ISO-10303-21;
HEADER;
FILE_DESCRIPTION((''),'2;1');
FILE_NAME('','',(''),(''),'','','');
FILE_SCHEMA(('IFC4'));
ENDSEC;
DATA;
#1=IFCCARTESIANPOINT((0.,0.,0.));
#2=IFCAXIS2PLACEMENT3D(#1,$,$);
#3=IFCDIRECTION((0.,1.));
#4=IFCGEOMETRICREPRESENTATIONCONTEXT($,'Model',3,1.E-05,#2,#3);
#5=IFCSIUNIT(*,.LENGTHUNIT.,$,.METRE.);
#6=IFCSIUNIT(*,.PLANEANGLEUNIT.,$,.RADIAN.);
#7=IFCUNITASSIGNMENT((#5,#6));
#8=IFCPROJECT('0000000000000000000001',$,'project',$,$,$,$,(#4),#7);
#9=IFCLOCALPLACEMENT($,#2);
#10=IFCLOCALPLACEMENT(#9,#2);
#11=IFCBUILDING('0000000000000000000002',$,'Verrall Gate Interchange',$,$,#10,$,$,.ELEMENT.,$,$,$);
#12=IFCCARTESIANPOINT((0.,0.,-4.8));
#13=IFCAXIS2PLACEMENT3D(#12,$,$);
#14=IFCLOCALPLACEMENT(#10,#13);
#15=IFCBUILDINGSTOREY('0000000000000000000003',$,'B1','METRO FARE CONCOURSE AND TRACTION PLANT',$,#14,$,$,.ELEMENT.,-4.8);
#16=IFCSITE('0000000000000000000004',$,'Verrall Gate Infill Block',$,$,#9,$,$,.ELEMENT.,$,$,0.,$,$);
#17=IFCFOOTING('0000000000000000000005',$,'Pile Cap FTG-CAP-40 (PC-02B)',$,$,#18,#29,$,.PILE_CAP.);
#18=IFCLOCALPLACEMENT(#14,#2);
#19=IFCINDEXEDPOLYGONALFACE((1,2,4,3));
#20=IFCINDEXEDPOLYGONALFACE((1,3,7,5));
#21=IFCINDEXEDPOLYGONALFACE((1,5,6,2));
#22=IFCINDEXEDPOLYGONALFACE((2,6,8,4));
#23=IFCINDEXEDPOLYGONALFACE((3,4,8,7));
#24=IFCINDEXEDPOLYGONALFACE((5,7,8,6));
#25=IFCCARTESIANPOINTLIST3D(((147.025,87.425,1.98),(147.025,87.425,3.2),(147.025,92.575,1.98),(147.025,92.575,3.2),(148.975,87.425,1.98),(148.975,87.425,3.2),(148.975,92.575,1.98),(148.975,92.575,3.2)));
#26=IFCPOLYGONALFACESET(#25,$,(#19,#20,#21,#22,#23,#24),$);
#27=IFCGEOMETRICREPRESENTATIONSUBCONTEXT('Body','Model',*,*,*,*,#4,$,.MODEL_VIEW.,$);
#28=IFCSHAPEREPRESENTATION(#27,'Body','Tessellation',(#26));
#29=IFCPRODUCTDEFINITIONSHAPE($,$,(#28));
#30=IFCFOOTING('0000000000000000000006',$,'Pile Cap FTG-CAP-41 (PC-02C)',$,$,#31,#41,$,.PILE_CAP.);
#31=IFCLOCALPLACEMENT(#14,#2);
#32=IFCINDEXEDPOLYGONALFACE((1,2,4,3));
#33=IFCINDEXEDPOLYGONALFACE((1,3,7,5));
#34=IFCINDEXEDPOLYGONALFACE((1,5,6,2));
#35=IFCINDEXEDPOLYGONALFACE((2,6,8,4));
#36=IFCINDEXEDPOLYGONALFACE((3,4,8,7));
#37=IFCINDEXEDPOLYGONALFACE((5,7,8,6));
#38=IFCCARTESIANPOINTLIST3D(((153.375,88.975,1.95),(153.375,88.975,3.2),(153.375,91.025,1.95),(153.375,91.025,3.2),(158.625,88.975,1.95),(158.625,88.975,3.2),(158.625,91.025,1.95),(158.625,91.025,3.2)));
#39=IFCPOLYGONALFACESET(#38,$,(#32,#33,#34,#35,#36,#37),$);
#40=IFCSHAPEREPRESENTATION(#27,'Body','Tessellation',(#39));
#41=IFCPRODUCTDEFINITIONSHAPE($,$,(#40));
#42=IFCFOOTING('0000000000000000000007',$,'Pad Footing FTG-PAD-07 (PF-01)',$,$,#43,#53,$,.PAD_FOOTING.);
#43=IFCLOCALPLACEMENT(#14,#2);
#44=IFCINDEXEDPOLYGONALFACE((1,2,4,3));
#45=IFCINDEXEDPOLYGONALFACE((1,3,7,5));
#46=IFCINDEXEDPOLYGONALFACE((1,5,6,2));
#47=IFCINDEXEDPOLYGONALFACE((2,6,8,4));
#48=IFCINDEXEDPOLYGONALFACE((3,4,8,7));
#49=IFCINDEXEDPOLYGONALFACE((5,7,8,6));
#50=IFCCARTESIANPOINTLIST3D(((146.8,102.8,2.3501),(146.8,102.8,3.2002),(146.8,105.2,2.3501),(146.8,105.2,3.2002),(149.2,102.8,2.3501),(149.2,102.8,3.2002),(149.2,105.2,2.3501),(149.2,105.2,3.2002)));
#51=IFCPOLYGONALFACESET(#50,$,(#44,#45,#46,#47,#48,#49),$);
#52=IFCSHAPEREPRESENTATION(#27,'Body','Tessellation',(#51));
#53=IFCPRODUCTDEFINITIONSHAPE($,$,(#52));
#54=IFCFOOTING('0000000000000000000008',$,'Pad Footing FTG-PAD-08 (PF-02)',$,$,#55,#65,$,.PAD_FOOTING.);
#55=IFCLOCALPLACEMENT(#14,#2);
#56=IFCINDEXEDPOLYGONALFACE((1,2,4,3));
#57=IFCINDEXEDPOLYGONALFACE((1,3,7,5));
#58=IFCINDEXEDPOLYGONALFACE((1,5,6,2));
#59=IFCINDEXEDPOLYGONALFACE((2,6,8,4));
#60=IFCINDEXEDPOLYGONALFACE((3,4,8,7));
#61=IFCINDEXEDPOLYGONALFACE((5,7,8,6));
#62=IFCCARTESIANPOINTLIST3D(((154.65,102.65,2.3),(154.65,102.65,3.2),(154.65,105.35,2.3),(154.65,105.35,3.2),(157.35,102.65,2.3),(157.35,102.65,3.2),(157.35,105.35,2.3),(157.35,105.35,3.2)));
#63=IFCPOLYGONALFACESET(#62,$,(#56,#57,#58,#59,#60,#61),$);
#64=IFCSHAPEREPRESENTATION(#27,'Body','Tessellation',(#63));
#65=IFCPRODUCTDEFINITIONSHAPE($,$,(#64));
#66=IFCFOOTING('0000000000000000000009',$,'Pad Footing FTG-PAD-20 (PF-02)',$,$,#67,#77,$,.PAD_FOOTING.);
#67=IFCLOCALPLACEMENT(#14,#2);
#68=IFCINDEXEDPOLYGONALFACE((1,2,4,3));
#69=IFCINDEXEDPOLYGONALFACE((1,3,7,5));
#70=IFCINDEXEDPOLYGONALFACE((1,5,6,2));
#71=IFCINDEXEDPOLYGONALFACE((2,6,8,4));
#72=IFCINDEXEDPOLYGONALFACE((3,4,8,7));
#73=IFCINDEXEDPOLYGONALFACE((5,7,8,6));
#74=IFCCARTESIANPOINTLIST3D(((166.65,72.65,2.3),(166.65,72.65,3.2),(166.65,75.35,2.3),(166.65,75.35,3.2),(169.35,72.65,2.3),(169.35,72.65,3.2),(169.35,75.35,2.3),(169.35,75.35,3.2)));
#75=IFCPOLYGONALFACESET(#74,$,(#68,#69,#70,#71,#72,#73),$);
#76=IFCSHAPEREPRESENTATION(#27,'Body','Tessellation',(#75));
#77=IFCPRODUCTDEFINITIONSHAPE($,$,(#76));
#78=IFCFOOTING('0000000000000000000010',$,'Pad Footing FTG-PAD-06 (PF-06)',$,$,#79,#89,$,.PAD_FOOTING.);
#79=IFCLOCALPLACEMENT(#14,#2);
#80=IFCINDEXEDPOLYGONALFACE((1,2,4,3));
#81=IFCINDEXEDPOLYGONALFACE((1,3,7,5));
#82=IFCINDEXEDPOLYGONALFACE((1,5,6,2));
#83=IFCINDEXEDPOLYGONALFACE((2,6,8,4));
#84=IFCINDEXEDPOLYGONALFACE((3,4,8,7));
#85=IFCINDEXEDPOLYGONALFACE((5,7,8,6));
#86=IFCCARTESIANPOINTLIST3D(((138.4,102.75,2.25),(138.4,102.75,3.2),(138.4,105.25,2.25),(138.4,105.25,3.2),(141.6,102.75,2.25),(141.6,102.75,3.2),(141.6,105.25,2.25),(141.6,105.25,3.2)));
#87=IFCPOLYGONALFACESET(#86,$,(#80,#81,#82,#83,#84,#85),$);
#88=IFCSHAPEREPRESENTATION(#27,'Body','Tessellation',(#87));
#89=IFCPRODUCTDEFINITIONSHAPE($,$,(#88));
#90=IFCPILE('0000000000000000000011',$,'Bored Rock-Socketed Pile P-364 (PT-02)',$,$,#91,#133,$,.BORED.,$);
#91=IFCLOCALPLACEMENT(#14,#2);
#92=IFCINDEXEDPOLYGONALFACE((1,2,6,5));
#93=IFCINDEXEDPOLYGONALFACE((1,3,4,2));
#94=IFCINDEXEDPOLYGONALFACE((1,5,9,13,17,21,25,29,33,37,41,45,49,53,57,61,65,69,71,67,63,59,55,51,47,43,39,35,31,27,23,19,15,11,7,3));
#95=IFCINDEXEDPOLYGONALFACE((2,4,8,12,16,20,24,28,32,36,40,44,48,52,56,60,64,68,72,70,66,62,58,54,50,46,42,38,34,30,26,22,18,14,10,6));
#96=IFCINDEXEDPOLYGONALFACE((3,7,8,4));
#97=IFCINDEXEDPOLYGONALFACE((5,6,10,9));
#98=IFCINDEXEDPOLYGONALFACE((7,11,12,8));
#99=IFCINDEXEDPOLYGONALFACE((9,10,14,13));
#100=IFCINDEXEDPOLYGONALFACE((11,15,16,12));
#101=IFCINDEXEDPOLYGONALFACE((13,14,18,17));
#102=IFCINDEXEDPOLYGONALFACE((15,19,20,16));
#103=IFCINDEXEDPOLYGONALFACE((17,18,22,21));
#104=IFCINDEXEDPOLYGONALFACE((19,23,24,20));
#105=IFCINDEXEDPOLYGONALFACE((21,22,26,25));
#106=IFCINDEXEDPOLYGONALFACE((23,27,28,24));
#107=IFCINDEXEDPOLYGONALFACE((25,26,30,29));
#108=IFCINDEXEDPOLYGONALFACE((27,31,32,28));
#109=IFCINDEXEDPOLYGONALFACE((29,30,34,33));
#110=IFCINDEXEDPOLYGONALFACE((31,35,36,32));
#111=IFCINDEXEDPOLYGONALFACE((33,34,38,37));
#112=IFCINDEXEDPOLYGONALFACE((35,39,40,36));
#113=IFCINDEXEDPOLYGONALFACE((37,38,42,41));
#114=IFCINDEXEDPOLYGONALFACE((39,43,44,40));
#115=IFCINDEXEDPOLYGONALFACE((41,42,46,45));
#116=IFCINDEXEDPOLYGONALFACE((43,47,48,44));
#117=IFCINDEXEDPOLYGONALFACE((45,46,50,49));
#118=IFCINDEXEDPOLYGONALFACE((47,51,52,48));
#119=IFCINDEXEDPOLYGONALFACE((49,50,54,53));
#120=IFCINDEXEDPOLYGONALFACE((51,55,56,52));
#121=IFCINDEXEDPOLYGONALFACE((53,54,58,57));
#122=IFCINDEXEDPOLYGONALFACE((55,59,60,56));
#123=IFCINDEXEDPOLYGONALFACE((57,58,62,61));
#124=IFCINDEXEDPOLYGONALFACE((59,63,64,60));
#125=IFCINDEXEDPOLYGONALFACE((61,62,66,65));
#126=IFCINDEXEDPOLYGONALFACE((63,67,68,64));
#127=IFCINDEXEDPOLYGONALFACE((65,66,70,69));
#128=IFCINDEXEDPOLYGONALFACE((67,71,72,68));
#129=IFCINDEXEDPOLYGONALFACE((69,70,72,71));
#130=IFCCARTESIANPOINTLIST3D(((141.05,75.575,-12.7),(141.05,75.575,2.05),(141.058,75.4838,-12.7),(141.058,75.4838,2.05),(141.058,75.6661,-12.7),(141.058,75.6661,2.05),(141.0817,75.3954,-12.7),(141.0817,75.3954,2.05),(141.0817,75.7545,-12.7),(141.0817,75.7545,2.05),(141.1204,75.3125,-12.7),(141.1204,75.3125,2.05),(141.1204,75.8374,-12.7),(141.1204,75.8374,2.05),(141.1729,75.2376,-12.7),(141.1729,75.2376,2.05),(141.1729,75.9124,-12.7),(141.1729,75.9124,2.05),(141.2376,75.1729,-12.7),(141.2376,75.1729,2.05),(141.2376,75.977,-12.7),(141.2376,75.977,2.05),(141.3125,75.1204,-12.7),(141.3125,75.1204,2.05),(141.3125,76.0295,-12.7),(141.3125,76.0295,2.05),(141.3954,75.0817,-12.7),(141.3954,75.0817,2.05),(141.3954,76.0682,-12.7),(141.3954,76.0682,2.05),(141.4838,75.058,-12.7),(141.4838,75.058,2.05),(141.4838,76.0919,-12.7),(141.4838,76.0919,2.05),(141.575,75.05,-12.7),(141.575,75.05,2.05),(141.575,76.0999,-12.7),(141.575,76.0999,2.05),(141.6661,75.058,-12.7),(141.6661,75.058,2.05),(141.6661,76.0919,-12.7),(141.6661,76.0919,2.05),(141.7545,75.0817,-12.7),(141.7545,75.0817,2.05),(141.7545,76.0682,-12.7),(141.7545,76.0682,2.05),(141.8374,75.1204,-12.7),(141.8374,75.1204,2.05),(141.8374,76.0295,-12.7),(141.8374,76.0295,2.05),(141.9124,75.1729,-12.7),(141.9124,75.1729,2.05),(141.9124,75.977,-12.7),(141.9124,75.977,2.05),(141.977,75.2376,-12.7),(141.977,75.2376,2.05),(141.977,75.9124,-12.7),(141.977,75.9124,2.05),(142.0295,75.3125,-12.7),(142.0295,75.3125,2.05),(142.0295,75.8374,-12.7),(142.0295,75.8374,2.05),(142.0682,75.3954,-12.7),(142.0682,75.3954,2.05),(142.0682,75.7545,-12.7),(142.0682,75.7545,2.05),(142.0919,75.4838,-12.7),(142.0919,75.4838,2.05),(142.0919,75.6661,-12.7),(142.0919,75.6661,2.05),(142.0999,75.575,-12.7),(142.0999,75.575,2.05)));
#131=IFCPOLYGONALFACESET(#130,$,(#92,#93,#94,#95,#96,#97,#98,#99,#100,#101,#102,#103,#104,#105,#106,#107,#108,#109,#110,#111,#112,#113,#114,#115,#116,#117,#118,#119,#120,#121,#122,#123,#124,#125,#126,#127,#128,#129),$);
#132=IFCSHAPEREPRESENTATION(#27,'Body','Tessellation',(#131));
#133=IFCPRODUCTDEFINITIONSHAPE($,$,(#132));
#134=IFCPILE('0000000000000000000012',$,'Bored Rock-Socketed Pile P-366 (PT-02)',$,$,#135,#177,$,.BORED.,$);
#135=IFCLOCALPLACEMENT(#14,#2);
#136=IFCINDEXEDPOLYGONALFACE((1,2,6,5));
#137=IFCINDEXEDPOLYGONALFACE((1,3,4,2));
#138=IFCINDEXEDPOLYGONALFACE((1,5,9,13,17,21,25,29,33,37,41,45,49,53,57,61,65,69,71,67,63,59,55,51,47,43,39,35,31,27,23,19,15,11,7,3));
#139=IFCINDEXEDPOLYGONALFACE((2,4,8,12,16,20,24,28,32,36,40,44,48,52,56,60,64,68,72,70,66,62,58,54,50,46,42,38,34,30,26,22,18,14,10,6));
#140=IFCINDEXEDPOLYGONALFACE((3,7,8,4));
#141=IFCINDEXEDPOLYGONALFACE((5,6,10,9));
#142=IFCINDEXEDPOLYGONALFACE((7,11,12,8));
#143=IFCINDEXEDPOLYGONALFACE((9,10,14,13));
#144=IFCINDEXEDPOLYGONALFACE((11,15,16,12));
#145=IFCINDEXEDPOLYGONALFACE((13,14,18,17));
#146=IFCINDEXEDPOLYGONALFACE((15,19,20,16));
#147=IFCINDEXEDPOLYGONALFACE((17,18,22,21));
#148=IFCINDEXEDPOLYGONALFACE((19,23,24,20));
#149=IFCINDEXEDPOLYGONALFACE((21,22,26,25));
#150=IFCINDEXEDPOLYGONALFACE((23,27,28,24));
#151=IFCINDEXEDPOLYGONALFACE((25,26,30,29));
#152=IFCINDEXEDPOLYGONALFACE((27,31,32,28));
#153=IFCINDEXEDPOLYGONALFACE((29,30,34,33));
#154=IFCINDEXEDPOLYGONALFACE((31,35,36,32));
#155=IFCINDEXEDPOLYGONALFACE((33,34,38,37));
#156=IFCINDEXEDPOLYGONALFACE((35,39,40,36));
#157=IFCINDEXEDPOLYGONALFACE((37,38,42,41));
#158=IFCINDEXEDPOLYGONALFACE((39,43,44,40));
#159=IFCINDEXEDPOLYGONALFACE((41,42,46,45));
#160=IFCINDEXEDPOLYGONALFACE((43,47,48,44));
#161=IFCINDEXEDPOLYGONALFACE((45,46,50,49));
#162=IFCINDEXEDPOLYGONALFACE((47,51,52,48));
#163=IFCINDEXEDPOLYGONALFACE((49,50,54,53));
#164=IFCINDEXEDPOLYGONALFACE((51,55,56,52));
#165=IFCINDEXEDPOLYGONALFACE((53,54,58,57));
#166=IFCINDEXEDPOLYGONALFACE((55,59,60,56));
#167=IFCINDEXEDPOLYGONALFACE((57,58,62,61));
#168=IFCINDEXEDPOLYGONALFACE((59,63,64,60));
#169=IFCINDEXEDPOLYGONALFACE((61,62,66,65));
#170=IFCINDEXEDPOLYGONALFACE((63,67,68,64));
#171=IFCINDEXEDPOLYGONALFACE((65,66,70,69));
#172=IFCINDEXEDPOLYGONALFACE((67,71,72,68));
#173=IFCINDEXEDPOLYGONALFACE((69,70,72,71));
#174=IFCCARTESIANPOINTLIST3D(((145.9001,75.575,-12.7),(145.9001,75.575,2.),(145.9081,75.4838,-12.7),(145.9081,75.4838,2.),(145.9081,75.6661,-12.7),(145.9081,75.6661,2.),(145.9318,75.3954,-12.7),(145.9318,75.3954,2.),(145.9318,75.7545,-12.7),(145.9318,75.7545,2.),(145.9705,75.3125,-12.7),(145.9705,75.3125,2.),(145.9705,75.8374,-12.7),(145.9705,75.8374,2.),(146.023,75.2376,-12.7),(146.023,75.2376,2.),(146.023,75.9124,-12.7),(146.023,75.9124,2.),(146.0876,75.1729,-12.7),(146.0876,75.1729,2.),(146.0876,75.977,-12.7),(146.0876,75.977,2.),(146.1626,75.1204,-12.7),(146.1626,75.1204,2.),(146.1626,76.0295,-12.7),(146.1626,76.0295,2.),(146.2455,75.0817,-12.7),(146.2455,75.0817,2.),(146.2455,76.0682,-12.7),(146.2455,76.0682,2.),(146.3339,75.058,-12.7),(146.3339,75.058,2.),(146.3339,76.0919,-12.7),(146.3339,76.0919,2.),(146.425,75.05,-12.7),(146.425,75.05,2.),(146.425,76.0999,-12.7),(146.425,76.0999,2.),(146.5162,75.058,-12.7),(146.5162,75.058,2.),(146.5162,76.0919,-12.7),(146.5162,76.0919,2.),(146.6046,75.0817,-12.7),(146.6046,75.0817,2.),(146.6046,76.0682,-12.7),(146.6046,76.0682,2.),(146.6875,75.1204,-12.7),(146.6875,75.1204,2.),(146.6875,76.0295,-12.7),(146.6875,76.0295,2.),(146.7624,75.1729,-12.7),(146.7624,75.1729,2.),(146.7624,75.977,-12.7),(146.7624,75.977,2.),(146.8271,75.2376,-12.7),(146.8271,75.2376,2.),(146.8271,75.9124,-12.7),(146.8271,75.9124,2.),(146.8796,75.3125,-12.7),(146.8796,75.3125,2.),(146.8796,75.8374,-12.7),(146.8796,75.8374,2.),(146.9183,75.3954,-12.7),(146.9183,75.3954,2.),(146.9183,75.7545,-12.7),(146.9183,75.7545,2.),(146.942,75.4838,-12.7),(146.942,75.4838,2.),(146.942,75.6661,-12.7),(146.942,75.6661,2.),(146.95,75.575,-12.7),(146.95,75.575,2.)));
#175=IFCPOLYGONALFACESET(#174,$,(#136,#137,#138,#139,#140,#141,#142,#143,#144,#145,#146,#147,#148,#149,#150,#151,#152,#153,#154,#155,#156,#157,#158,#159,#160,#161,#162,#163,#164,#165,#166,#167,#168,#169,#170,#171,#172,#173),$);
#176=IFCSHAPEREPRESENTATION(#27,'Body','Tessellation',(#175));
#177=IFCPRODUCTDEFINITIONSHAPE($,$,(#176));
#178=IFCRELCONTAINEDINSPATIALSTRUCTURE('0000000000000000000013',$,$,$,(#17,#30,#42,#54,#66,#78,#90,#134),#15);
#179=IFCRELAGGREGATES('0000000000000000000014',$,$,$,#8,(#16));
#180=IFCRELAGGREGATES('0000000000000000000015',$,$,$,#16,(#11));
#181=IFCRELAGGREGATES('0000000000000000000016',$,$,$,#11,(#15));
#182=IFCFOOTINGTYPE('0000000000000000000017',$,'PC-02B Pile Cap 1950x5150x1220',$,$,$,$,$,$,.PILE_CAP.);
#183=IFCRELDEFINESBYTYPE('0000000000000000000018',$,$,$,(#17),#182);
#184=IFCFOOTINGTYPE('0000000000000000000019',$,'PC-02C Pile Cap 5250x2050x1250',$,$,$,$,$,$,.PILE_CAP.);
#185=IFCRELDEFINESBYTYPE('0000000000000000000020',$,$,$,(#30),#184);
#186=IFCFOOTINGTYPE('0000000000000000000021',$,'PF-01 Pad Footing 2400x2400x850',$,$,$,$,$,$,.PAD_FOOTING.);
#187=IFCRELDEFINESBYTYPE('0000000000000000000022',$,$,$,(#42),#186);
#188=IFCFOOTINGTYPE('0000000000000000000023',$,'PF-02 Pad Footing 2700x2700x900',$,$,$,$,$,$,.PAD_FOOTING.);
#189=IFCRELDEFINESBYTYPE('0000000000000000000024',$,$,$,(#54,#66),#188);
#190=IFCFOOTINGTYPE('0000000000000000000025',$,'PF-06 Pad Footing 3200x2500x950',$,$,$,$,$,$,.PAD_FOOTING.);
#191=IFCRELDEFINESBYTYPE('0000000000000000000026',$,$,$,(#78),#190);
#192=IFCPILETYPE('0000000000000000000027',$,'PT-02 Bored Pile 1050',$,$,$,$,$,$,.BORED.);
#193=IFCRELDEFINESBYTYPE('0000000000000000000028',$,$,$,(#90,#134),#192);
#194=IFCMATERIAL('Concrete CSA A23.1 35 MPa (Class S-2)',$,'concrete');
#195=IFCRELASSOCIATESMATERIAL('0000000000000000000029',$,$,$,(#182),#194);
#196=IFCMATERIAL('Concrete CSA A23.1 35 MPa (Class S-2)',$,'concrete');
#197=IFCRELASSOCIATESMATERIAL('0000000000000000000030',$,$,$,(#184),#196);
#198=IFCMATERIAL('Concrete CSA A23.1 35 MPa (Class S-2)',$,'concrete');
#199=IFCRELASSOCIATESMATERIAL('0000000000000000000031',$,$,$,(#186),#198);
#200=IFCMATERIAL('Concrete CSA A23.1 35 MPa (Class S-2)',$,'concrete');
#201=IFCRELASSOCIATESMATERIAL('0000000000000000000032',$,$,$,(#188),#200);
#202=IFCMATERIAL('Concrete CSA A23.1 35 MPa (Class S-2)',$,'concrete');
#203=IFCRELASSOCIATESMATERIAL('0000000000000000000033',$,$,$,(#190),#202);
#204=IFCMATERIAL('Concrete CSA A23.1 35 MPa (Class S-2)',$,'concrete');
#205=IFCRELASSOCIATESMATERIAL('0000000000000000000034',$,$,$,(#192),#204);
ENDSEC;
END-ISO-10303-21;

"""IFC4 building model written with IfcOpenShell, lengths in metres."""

from ifc_helpers import new_model, si_unit, direction, frame, origin, origin_2d, place, context, subcontext, project, spatial, rectangle, circle, extrude, material, material_profile, profile_set, type_object, element, save


model = new_model("IFC4")

# Units and contexts
model_context = context("Model", 3, precision=1e-05, world=origin(), true_north=direction((0.0, 1.0)))
body_context = subcontext(model_context, "Body", "Model", "MODEL_VIEW")
ifc_project = project(units=[si_unit("LENGTHUNIT", "METRE"), si_unit("PLANEANGLEUNIT", "RADIAN")], contexts=[model_context])

# Site, building, storey
site_placement = place(None, origin())
site = spatial("IfcSite", under=ifc_project, at=site_placement, Name="Verrall Gate Infill Block", CompositionType="ELEMENT", RefElevation=0.0)
building_placement = place(site_placement, origin())
building = spatial("IfcBuilding", under=site, at=building_placement, Name="Verrall Gate Interchange", CompositionType="ELEMENT")
storey_placement = place(building_placement, frame((0.0, 0.0, -4.8)))
storey = spatial("IfcBuildingStorey", under=building, at=storey_placement, Name="B1", Description="METRO FARE CONCOURSE AND TRACTION PLANT", CompositionType="ELEMENT", Elevation=-4.8)

# Footings
ifc_material_1 = material(Name="Concrete CSA A23.1 35 MPa (Class S-2)", Category="concrete")
footing_type_1 = type_object("IfcFootingType", Name="PC-02B Pile Cap 1950x5150x1220", PredefinedType="PILE_CAP", material=ifc_material_1)
footing_1_placement = place(storey_placement, frame((148.0, 90.0, 1.98), z_axis=(0.0, 0.0, 1.0), x_axis=(1.0, 0.0, 0.0)))
element("IfcFooting", 1, at=footing_1_placement, inside=storey, type_object=footing_type_1, Name="Pile Cap FTG-CAP-40 (PC-02B)", PredefinedType="PILE_CAP", context=body_context, shape_type="SweptSolid", body=[
    extrude(rectangle(XDim=1.95, YDim=5.1499, at=origin_2d()), origin(), (0.0, 0.0, 1.0), 1.22),
])
ifc_material_2 = material(Name="Concrete CSA A23.1 35 MPa (Class S-2)", Category="concrete")
footing_type_2 = type_object("IfcFootingType", Name="PC-02C Pile Cap 5250x2050x1250", PredefinedType="PILE_CAP", material=ifc_material_2)
footing_2_placement = place(storey_placement, frame((156.0, 90.0, 1.95), z_axis=(0.0, 0.0, 1.0), x_axis=(1.0, 0.0, 0.0)))
element("IfcFooting", 2, at=footing_2_placement, inside=storey, type_object=footing_type_2, Name="Pile Cap FTG-CAP-41 (PC-02C)", PredefinedType="PILE_CAP", context=body_context, shape_type="SweptSolid", body=[
    extrude(rectangle(XDim=5.25, YDim=2.05, at=origin_2d()), origin(), (0.0, 0.0, 1.0), 1.25),
])
ifc_material_3 = material(Name="Concrete CSA A23.1 35 MPa (Class S-2)", Category="concrete")
footing_type_3 = type_object("IfcFootingType", Name="PF-01 Pad Footing 2400x2400x850", PredefinedType="PAD_FOOTING", material=ifc_material_3)
footing_3_placement = place(storey_placement, frame((148.0, 104.0, 2.3501), z_axis=(0.0, 0.0, 1.0), x_axis=(1.0, 0.0, 0.0)))
element("IfcFooting", 3, at=footing_3_placement, inside=storey, type_object=footing_type_3, Name="Pad Footing FTG-PAD-07 (PF-01)", PredefinedType="PAD_FOOTING", context=body_context, shape_type="SweptSolid", body=[
    extrude(rectangle(XDim=2.3999, YDim=2.3999, at=origin_2d()), origin(), (0.0, 0.0, 1.0), 0.8501),
])
ifc_material_4 = material(Name="Concrete CSA A23.1 35 MPa (Class S-2)", Category="concrete")
footing_type_4 = type_object("IfcFootingType", Name="PF-02 Pad Footing 2700x2700x900", PredefinedType="PAD_FOOTING", material=ifc_material_4)
for number, where, z_axis, x_axis, name in (
    (4, (156.0, 104.0, 2.3), (0.0, 0.0, 1.0), (1.0, 0.0, 0.0), "Pad Footing FTG-PAD-08 (PF-02)"),
    (5, (168.0, 74.0, 2.3), (0.0, 0.0, 1.0), (1.0, 0.0, 0.0), "Pad Footing FTG-PAD-20 (PF-02)"),
):
    element("IfcFooting", number, at=place(storey_placement, frame(where, z_axis=z_axis, x_axis=x_axis)), inside=storey, type_object=footing_type_4, Name=name, PredefinedType="PAD_FOOTING", context=body_context, shape_type="SweptSolid", body=[
        extrude(rectangle(XDim=2.7, YDim=2.7, at=origin_2d()), origin(), (0.0, 0.0, 1.0), 0.8999),
    ])
ifc_material_5 = material(Name="Concrete CSA A23.1 35 MPa (Class S-2)", Category="concrete")
footing_type_5 = type_object("IfcFootingType", Name="PF-06 Pad Footing 3200x2500x950", PredefinedType="PAD_FOOTING", material=ifc_material_5)
footing_4_placement = place(storey_placement, frame((140.0, 104.0, 2.25), z_axis=(0.0, 0.0, 1.0), x_axis=(1.0, 0.0, 0.0)))
element("IfcFooting", 6, at=footing_4_placement, inside=storey, type_object=footing_type_5, Name="Pad Footing FTG-PAD-06 (PF-06)", PredefinedType="PAD_FOOTING", context=body_context, shape_type="SweptSolid", body=[
    extrude(rectangle(XDim=3.2, YDim=2.5, at=origin_2d()), origin(), (0.0, 0.0, 1.0), 0.95),
])

# Piles
ifc_material_6 = material(Name="Concrete CSA A23.1 35 MPa (Class S-2)", Category="concrete")
ifc_material_profile_1 = material_profile(ifc_material_6, circle(Radius=0.5249, at=origin_2d()), Name="PILE1050D")
ifc_profile_set_1 = profile_set([ifc_material_profile_1], Name="Concrete CSA A23.1 35 MPa (Class S-2)")
pile_type = type_object("IfcPileType", Name="PT-02 Bored Pile 1050", PredefinedType="BORED", material=ifc_profile_set_1)
pile_1_placement = place(storey_placement, frame((141.575, 75.575, 2.05), z_axis=(0.0, 0.0, -1.0), x_axis=(1.0, 0.0, 0.0)))
element("IfcPile", 7, at=pile_1_placement, inside=storey, type_object=pile_type, Name="Bored Rock-Socketed Pile P-364 (PT-02)", PredefinedType="BORED", context=body_context, shape_type="SweptSolid", body=[
    extrude(circle(Radius=0.5249, at=origin_2d()), origin(), (0.0, 0.0, 1.0), 14.75),
])
for number, where, z_axis, x_axis, name in (
    (8, (146.425, 75.575, 2.0), (0.0, 0.0, -1.0), (1.0, 0.0, 0.0), "Bored Rock-Socketed Pile P-366 (PT-02)"),
):
    element("IfcPile", number, at=place(storey_placement, frame(where, z_axis=z_axis, x_axis=x_axis)), inside=storey, type_object=pile_type, Name=name, PredefinedType="BORED", context=body_context, shape_type="SweptSolid", body=[
        extrude(circle(Radius=0.5249, at=origin_2d()), origin(), (0.0, 0.0, 1.0), 14.7),
    ])

save(model, "model.ifc")
